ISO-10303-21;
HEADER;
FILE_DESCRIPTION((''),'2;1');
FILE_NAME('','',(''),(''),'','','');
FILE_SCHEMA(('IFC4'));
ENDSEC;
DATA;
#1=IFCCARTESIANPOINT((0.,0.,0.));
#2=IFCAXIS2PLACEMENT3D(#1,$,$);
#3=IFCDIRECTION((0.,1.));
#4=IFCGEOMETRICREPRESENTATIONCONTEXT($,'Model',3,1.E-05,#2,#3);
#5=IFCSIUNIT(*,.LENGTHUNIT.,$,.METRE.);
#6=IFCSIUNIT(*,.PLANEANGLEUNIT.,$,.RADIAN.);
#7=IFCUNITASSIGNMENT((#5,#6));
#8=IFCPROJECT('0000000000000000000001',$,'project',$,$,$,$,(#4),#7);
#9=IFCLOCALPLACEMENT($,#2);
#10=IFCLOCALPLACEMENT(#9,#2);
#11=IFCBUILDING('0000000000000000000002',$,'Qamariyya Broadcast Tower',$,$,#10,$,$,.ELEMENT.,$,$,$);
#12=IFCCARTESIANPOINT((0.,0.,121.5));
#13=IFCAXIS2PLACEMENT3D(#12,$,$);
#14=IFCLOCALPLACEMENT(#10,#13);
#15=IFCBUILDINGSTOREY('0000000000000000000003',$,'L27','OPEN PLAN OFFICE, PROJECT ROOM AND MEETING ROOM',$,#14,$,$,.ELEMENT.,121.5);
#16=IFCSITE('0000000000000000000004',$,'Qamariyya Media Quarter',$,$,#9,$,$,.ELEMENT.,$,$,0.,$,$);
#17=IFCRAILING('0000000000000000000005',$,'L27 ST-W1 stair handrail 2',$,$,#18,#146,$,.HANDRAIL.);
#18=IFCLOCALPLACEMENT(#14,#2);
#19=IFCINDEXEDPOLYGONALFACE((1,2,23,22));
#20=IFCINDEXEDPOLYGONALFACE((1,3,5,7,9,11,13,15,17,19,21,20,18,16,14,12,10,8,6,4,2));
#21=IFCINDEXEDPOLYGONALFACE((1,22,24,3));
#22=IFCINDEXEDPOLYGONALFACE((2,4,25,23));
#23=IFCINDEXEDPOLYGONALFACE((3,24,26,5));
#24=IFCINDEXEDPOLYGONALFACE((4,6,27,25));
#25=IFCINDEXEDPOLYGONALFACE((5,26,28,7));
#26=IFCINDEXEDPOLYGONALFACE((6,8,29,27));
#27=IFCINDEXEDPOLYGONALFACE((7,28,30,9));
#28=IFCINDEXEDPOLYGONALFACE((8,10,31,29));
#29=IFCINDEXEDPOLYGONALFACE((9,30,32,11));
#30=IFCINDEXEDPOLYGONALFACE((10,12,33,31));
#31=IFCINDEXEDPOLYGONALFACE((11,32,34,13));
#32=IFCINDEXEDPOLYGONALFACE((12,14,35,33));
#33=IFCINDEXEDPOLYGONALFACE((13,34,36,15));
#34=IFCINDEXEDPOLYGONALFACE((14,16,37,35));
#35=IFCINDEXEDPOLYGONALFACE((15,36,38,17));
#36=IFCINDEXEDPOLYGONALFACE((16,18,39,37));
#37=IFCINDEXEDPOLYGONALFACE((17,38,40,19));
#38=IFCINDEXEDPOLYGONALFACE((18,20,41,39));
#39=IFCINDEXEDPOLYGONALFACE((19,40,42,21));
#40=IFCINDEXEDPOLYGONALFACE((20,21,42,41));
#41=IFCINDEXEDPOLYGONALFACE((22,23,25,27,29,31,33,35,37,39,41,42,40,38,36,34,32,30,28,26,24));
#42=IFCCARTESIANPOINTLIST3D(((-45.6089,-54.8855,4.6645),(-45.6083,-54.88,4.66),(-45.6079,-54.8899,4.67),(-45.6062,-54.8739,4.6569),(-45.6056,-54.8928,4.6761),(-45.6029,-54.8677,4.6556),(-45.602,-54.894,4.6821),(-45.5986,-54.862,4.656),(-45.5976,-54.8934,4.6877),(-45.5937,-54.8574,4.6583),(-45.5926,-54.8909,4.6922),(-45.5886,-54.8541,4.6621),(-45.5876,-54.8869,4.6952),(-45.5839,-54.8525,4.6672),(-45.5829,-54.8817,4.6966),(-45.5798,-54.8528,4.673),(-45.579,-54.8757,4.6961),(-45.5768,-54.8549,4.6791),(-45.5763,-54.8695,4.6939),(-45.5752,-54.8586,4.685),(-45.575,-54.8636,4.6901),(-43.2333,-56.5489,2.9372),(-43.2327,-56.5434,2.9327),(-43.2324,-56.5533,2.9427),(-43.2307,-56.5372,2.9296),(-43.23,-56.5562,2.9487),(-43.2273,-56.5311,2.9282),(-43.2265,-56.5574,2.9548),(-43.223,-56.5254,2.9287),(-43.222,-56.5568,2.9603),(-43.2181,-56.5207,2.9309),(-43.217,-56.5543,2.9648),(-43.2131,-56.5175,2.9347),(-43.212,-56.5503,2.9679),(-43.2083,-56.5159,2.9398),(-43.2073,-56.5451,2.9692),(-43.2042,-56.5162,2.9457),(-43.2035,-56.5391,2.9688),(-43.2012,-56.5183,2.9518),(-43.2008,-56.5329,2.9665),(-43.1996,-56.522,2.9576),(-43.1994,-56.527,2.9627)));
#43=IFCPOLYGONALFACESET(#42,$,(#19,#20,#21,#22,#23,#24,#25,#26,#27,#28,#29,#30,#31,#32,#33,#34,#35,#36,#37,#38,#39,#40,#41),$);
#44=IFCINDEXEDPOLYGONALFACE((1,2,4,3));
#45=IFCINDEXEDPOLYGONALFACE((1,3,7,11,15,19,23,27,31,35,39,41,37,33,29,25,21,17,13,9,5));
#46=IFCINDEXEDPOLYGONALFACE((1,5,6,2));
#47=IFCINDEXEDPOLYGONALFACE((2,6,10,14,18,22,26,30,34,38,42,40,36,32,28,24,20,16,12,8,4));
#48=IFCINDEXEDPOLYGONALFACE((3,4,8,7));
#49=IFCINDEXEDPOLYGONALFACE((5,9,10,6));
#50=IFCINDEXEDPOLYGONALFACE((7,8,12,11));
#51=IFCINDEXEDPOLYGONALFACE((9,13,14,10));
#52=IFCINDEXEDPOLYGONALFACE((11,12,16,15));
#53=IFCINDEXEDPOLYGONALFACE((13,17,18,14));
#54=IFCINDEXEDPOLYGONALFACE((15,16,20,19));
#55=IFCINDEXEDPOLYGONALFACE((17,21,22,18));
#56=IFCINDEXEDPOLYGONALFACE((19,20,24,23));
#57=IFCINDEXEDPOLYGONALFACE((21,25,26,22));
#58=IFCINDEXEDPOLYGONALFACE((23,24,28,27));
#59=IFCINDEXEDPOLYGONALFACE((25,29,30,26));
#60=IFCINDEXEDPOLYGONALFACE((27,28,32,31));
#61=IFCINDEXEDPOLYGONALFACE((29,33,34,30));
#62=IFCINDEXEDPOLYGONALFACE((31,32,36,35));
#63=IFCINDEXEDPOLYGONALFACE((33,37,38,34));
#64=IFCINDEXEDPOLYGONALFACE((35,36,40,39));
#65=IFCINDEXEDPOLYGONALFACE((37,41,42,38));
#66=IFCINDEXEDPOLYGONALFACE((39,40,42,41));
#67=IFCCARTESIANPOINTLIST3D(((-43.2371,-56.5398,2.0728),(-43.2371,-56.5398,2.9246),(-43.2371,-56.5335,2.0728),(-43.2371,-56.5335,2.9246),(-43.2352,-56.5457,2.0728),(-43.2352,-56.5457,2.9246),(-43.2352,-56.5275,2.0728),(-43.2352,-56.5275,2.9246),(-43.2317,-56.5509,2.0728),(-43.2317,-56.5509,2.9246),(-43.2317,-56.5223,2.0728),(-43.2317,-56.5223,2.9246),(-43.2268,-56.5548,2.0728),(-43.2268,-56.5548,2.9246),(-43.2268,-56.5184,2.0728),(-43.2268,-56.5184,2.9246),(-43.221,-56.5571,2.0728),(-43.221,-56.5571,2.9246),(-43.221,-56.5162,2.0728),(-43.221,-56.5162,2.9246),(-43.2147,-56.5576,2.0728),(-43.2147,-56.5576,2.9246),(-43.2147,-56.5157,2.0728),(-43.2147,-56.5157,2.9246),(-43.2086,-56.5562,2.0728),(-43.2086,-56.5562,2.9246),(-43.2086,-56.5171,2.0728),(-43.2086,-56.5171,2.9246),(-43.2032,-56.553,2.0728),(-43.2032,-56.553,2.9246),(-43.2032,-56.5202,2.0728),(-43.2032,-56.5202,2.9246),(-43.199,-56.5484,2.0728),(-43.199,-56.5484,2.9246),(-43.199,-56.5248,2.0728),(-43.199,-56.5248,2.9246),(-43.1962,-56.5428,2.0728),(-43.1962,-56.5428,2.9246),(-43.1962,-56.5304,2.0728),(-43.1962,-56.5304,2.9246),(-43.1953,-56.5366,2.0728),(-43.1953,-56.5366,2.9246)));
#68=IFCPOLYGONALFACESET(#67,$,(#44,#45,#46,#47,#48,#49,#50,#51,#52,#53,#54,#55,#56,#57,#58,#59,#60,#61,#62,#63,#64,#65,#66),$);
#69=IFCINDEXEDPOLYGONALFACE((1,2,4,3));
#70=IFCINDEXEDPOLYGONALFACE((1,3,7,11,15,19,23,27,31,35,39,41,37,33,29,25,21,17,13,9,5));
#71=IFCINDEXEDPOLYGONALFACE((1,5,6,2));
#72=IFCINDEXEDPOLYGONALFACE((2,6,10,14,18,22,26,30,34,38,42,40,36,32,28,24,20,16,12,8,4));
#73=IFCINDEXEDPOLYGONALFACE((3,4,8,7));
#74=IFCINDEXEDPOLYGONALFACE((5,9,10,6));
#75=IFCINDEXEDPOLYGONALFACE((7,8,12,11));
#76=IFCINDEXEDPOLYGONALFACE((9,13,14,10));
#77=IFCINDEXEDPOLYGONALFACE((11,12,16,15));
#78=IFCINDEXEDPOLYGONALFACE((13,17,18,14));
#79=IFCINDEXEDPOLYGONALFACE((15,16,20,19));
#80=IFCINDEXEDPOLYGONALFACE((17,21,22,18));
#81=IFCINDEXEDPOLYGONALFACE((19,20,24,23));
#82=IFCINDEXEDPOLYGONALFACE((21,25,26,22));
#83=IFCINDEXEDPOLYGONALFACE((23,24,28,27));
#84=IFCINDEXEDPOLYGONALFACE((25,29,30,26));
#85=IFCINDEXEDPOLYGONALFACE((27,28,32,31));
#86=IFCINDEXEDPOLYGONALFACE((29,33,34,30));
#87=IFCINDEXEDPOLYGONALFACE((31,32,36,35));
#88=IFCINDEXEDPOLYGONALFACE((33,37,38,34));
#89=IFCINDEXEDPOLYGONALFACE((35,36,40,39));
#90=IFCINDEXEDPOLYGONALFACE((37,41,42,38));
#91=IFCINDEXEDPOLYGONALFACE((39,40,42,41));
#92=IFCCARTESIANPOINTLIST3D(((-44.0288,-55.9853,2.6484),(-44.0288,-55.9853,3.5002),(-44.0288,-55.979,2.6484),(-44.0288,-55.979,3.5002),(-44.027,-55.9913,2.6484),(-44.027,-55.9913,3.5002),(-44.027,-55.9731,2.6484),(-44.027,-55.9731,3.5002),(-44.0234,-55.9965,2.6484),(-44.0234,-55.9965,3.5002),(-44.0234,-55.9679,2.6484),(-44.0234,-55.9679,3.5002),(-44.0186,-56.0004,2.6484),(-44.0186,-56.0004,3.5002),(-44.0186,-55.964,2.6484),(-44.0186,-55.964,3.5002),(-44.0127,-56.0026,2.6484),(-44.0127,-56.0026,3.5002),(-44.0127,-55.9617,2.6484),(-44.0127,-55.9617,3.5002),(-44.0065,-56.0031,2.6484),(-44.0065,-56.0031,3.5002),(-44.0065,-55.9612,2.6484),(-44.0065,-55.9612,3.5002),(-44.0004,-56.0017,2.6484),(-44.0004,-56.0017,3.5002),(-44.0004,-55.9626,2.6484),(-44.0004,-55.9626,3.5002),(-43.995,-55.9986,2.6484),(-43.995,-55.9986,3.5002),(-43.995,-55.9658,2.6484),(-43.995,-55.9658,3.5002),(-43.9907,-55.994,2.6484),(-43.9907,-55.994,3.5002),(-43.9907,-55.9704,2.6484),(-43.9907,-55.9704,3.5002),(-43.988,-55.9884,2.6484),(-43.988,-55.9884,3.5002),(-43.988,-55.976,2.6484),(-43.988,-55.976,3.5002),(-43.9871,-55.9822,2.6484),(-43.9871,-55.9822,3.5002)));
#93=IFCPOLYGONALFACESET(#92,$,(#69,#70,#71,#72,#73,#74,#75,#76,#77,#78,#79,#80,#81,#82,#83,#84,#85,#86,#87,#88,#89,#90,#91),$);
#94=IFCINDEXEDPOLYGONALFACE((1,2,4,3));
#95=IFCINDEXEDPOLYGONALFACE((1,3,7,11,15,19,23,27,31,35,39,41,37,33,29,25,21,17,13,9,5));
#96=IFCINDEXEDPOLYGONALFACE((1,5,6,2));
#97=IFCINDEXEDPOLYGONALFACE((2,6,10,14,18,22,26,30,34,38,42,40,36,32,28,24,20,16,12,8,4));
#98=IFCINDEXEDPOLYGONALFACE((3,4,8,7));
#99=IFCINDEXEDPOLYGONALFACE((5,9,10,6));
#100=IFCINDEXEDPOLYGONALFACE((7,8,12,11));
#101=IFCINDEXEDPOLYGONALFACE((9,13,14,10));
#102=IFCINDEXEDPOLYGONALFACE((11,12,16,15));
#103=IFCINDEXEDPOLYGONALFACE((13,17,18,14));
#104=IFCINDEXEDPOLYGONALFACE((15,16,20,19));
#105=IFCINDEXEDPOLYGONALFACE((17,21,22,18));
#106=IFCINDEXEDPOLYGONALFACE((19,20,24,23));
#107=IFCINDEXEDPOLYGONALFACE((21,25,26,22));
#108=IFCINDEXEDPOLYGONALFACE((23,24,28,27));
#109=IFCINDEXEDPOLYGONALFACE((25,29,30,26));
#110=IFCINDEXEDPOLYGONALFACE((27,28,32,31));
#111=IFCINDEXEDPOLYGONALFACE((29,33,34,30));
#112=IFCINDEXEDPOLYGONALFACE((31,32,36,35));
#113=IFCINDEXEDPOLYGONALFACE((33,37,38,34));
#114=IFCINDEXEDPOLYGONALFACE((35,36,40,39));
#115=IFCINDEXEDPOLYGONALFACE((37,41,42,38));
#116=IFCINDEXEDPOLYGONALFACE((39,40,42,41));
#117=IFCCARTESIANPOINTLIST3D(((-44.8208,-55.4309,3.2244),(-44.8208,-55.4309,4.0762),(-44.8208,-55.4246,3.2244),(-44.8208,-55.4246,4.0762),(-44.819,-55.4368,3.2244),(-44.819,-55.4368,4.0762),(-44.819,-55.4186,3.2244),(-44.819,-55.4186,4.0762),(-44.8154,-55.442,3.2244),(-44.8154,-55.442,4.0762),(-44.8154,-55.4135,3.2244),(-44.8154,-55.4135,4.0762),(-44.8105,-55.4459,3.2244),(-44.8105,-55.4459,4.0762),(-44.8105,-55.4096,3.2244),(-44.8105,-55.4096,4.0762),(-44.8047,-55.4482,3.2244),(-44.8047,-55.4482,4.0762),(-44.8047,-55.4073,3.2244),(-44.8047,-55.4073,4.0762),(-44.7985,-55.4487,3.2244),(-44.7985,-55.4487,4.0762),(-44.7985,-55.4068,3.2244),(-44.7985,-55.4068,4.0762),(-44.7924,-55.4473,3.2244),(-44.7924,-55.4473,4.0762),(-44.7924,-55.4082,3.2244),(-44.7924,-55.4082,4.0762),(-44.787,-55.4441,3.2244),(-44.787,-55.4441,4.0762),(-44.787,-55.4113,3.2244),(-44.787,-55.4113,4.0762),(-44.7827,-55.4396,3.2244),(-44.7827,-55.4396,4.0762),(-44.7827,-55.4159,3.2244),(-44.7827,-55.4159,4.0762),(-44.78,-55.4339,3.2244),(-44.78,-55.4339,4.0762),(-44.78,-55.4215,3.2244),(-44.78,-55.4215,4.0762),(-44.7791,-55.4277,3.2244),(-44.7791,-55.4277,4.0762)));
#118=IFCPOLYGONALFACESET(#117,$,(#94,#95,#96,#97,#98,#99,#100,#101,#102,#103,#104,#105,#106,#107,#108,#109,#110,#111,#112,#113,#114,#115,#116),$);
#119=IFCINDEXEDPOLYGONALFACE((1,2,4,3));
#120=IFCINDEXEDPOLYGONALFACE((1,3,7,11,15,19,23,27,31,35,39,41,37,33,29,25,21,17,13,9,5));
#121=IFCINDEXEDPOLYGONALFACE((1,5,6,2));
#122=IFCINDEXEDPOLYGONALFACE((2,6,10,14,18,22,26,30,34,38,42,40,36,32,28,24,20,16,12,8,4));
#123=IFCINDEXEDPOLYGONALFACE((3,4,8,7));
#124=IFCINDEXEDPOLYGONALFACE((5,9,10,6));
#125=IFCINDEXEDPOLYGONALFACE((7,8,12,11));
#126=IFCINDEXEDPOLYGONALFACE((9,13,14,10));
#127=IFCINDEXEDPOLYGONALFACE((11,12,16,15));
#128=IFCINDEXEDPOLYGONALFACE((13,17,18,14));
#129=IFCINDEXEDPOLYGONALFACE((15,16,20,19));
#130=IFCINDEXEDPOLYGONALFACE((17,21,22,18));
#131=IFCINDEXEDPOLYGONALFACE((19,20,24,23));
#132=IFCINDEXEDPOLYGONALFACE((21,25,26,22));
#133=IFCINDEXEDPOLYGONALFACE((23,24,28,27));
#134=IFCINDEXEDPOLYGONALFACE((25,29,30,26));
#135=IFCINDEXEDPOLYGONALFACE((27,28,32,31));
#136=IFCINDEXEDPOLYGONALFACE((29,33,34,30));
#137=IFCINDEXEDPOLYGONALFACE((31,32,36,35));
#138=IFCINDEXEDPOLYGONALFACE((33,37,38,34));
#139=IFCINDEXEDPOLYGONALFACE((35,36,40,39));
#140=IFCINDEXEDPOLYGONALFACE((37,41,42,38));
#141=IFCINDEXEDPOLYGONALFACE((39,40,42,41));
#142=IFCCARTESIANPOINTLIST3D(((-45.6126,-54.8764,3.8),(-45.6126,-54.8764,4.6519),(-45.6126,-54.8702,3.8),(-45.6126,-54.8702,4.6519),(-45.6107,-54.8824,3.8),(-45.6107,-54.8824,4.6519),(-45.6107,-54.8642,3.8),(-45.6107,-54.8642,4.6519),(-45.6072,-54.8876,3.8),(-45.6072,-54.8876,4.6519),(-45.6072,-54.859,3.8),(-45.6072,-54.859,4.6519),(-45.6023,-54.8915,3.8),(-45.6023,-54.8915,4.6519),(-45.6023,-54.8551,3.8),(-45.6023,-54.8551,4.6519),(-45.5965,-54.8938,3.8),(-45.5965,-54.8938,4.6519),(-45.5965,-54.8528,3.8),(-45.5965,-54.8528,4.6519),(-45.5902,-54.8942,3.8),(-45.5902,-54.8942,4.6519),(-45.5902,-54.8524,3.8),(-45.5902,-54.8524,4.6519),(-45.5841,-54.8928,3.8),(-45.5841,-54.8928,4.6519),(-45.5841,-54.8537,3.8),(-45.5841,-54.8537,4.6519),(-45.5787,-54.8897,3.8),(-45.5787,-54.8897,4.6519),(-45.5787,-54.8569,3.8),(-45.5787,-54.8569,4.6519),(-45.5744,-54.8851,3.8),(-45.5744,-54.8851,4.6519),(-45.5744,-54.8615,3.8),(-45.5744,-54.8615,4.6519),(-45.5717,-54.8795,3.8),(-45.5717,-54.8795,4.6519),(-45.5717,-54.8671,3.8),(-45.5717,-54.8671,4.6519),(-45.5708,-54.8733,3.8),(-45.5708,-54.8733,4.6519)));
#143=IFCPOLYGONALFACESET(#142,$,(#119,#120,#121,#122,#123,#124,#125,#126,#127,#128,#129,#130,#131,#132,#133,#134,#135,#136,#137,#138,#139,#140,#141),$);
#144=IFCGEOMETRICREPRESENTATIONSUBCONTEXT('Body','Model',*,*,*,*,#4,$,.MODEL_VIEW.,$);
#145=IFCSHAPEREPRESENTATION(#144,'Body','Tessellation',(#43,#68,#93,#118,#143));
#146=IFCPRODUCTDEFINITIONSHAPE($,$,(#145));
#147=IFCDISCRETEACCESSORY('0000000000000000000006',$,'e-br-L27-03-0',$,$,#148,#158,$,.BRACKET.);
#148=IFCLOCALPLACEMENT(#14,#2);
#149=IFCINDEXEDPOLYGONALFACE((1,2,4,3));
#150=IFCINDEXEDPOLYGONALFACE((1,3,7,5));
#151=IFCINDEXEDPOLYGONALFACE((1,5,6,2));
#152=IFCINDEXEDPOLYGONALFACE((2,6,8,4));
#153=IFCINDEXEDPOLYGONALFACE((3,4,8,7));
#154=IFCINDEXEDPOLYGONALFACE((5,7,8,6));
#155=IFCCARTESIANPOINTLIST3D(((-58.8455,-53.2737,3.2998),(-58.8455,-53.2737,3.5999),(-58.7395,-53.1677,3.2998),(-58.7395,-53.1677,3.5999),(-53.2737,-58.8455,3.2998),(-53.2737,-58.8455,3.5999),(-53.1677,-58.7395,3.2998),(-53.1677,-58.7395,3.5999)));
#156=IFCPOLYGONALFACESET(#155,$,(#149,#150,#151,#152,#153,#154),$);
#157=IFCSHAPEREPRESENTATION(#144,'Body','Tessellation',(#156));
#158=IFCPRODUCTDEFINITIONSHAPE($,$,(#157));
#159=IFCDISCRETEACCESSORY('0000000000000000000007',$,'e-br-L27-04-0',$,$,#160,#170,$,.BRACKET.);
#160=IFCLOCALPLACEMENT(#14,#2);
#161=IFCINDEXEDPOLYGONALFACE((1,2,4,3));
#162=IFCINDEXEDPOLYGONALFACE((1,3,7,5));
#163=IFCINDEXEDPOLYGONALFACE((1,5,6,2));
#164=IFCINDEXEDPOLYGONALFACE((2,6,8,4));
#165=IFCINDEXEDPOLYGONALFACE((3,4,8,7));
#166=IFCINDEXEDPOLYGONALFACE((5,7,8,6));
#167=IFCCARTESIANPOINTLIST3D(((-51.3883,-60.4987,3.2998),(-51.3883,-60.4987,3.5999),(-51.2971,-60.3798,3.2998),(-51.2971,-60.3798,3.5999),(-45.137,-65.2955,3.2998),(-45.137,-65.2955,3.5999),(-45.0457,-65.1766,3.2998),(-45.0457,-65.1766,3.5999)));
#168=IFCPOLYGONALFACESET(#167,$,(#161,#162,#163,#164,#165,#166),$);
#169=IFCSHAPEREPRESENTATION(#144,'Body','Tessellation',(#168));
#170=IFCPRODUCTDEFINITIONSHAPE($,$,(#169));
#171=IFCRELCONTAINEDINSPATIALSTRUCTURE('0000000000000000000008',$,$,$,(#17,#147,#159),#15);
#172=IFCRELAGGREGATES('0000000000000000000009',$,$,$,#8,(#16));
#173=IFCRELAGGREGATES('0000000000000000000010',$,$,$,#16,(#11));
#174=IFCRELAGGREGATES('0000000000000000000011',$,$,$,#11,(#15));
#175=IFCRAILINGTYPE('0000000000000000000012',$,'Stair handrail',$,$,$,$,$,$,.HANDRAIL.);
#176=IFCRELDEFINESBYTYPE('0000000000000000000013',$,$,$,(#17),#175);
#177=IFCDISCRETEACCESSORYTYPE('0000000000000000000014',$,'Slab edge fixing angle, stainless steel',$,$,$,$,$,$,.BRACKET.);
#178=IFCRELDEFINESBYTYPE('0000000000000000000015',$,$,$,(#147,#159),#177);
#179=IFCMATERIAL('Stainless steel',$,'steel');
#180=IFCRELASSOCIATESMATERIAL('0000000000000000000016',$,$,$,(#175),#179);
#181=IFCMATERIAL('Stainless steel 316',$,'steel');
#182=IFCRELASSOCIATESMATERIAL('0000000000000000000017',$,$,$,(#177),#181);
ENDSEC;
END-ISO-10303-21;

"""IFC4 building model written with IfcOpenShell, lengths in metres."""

from ifc_helpers import new_model, si_unit, direction, frame, origin, origin_2d, place, context, subcontext, project, spatial, rectangle, circle, extrude, material, type_object, element, save


model = new_model("IFC4")

# Units and contexts
model_context = context("Model", 3, precision=1e-05, world=origin(), true_north=direction((0.0, 1.0)))
body_context = subcontext(model_context, "Body", "Model", "MODEL_VIEW")
ifc_project = project(units=[si_unit("LENGTHUNIT", "METRE"), si_unit("PLANEANGLEUNIT", "RADIAN")], contexts=[model_context])

# Site, building, storey
site_placement = place(None, origin())
site = spatial("IfcSite", under=ifc_project, at=site_placement, Name="Qamariyya Media Quarter", CompositionType="ELEMENT", RefElevation=0.0)
building_placement = place(site_placement, origin())
building = spatial("IfcBuilding", under=site, at=building_placement, Name="Qamariyya Broadcast Tower", CompositionType="ELEMENT")
storey_placement = place(building_placement, frame((0.0, 0.0, 121.5)))
storey = spatial("IfcBuildingStorey", under=building, at=storey_placement, Name="L27", Description="OPEN PLAN OFFICE, PROJECT ROOM AND MEETING ROOM", CompositionType="ELEMENT", Elevation=121.5)

# Railing
ifc_material_1 = material(Name="Stainless steel", Category="steel")
railing_type_1 = type_object("IfcRailingType", Name="Stair handrail", PredefinedType="HANDRAIL", material=ifc_material_1)
railing_1_placement = place(storey_placement, frame((-43.2163, -56.5366, 2.0728)))
element("IfcRailing", 1, at=railing_1_placement, inside=storey, type_object=railing_type_1, Name="L27 ST-W1 stair handrail 2", PredefinedType="HANDRAIL", context=body_context, shape_type="SweptSolid", body=[
    extrude(circle(Radius=0.0239, at=origin_2d()), frame((0.0, 0.0, 0.876), z_axis=(-0.70377, 0.492784, 0.511734), x_axis=(-0.573575, -0.819153, 0.0)), (0.0, 0.0, 1.0), 3.3755),
    extrude(circle(Radius=0.021, at=origin_2d()), origin(), (0.0, 0.0, 1.0), 0.8518),
    extrude(circle(Radius=0.021, at=origin_2d()), frame((-0.7917, 0.5544, 0.5757)), (0.0, 0.0, 1.0), 0.8518),
    extrude(circle(Radius=0.021, at=origin_2d()), frame((-1.5837, 1.1089, 1.1516)), (0.0, 0.0, 1.0), 0.8518),
    extrude(circle(Radius=0.021, at=origin_2d()), frame((-2.3755, 1.6633, 1.7273)), (0.0, 0.0, 1.0), 0.8518),
])

# Discrete accessories
ifc_material_2 = material(Name="Stainless steel 316", Category="steel")
discrete_accessory_type = type_object("IfcDiscreteAccessoryType", Name="Slab edge fixing angle, stainless steel", PredefinedType="BRACKET", material=ifc_material_2)
for number, where, z_axis, x_axis, name in (
    (2, (-56.0066, -56.0066, 3.2998), (0.0, 0.0, 1.0), (0.707107, -0.707107, 0.0), "e-br-L27-03-0"),
    (3, (-48.217, -62.8376, 3.2998), (0.0, 0.0, 1.0), (0.793353, -0.608761, 0.0), "e-br-L27-04-0"),
):
    element("IfcDiscreteAccessory", number, at=place(storey_placement, frame(where, z_axis=z_axis, x_axis=x_axis)), inside=storey, type_object=discrete_accessory_type, Name=name, PredefinedType="BRACKET", context=body_context, shape_type="SweptSolid", body=[
        extrude(rectangle(XDim=7.8796, YDim=0.1499, at=origin_2d()), origin(), (0.0, 0.0, 1.0), 0.3),
    ])

save(model, "model.ifc")
